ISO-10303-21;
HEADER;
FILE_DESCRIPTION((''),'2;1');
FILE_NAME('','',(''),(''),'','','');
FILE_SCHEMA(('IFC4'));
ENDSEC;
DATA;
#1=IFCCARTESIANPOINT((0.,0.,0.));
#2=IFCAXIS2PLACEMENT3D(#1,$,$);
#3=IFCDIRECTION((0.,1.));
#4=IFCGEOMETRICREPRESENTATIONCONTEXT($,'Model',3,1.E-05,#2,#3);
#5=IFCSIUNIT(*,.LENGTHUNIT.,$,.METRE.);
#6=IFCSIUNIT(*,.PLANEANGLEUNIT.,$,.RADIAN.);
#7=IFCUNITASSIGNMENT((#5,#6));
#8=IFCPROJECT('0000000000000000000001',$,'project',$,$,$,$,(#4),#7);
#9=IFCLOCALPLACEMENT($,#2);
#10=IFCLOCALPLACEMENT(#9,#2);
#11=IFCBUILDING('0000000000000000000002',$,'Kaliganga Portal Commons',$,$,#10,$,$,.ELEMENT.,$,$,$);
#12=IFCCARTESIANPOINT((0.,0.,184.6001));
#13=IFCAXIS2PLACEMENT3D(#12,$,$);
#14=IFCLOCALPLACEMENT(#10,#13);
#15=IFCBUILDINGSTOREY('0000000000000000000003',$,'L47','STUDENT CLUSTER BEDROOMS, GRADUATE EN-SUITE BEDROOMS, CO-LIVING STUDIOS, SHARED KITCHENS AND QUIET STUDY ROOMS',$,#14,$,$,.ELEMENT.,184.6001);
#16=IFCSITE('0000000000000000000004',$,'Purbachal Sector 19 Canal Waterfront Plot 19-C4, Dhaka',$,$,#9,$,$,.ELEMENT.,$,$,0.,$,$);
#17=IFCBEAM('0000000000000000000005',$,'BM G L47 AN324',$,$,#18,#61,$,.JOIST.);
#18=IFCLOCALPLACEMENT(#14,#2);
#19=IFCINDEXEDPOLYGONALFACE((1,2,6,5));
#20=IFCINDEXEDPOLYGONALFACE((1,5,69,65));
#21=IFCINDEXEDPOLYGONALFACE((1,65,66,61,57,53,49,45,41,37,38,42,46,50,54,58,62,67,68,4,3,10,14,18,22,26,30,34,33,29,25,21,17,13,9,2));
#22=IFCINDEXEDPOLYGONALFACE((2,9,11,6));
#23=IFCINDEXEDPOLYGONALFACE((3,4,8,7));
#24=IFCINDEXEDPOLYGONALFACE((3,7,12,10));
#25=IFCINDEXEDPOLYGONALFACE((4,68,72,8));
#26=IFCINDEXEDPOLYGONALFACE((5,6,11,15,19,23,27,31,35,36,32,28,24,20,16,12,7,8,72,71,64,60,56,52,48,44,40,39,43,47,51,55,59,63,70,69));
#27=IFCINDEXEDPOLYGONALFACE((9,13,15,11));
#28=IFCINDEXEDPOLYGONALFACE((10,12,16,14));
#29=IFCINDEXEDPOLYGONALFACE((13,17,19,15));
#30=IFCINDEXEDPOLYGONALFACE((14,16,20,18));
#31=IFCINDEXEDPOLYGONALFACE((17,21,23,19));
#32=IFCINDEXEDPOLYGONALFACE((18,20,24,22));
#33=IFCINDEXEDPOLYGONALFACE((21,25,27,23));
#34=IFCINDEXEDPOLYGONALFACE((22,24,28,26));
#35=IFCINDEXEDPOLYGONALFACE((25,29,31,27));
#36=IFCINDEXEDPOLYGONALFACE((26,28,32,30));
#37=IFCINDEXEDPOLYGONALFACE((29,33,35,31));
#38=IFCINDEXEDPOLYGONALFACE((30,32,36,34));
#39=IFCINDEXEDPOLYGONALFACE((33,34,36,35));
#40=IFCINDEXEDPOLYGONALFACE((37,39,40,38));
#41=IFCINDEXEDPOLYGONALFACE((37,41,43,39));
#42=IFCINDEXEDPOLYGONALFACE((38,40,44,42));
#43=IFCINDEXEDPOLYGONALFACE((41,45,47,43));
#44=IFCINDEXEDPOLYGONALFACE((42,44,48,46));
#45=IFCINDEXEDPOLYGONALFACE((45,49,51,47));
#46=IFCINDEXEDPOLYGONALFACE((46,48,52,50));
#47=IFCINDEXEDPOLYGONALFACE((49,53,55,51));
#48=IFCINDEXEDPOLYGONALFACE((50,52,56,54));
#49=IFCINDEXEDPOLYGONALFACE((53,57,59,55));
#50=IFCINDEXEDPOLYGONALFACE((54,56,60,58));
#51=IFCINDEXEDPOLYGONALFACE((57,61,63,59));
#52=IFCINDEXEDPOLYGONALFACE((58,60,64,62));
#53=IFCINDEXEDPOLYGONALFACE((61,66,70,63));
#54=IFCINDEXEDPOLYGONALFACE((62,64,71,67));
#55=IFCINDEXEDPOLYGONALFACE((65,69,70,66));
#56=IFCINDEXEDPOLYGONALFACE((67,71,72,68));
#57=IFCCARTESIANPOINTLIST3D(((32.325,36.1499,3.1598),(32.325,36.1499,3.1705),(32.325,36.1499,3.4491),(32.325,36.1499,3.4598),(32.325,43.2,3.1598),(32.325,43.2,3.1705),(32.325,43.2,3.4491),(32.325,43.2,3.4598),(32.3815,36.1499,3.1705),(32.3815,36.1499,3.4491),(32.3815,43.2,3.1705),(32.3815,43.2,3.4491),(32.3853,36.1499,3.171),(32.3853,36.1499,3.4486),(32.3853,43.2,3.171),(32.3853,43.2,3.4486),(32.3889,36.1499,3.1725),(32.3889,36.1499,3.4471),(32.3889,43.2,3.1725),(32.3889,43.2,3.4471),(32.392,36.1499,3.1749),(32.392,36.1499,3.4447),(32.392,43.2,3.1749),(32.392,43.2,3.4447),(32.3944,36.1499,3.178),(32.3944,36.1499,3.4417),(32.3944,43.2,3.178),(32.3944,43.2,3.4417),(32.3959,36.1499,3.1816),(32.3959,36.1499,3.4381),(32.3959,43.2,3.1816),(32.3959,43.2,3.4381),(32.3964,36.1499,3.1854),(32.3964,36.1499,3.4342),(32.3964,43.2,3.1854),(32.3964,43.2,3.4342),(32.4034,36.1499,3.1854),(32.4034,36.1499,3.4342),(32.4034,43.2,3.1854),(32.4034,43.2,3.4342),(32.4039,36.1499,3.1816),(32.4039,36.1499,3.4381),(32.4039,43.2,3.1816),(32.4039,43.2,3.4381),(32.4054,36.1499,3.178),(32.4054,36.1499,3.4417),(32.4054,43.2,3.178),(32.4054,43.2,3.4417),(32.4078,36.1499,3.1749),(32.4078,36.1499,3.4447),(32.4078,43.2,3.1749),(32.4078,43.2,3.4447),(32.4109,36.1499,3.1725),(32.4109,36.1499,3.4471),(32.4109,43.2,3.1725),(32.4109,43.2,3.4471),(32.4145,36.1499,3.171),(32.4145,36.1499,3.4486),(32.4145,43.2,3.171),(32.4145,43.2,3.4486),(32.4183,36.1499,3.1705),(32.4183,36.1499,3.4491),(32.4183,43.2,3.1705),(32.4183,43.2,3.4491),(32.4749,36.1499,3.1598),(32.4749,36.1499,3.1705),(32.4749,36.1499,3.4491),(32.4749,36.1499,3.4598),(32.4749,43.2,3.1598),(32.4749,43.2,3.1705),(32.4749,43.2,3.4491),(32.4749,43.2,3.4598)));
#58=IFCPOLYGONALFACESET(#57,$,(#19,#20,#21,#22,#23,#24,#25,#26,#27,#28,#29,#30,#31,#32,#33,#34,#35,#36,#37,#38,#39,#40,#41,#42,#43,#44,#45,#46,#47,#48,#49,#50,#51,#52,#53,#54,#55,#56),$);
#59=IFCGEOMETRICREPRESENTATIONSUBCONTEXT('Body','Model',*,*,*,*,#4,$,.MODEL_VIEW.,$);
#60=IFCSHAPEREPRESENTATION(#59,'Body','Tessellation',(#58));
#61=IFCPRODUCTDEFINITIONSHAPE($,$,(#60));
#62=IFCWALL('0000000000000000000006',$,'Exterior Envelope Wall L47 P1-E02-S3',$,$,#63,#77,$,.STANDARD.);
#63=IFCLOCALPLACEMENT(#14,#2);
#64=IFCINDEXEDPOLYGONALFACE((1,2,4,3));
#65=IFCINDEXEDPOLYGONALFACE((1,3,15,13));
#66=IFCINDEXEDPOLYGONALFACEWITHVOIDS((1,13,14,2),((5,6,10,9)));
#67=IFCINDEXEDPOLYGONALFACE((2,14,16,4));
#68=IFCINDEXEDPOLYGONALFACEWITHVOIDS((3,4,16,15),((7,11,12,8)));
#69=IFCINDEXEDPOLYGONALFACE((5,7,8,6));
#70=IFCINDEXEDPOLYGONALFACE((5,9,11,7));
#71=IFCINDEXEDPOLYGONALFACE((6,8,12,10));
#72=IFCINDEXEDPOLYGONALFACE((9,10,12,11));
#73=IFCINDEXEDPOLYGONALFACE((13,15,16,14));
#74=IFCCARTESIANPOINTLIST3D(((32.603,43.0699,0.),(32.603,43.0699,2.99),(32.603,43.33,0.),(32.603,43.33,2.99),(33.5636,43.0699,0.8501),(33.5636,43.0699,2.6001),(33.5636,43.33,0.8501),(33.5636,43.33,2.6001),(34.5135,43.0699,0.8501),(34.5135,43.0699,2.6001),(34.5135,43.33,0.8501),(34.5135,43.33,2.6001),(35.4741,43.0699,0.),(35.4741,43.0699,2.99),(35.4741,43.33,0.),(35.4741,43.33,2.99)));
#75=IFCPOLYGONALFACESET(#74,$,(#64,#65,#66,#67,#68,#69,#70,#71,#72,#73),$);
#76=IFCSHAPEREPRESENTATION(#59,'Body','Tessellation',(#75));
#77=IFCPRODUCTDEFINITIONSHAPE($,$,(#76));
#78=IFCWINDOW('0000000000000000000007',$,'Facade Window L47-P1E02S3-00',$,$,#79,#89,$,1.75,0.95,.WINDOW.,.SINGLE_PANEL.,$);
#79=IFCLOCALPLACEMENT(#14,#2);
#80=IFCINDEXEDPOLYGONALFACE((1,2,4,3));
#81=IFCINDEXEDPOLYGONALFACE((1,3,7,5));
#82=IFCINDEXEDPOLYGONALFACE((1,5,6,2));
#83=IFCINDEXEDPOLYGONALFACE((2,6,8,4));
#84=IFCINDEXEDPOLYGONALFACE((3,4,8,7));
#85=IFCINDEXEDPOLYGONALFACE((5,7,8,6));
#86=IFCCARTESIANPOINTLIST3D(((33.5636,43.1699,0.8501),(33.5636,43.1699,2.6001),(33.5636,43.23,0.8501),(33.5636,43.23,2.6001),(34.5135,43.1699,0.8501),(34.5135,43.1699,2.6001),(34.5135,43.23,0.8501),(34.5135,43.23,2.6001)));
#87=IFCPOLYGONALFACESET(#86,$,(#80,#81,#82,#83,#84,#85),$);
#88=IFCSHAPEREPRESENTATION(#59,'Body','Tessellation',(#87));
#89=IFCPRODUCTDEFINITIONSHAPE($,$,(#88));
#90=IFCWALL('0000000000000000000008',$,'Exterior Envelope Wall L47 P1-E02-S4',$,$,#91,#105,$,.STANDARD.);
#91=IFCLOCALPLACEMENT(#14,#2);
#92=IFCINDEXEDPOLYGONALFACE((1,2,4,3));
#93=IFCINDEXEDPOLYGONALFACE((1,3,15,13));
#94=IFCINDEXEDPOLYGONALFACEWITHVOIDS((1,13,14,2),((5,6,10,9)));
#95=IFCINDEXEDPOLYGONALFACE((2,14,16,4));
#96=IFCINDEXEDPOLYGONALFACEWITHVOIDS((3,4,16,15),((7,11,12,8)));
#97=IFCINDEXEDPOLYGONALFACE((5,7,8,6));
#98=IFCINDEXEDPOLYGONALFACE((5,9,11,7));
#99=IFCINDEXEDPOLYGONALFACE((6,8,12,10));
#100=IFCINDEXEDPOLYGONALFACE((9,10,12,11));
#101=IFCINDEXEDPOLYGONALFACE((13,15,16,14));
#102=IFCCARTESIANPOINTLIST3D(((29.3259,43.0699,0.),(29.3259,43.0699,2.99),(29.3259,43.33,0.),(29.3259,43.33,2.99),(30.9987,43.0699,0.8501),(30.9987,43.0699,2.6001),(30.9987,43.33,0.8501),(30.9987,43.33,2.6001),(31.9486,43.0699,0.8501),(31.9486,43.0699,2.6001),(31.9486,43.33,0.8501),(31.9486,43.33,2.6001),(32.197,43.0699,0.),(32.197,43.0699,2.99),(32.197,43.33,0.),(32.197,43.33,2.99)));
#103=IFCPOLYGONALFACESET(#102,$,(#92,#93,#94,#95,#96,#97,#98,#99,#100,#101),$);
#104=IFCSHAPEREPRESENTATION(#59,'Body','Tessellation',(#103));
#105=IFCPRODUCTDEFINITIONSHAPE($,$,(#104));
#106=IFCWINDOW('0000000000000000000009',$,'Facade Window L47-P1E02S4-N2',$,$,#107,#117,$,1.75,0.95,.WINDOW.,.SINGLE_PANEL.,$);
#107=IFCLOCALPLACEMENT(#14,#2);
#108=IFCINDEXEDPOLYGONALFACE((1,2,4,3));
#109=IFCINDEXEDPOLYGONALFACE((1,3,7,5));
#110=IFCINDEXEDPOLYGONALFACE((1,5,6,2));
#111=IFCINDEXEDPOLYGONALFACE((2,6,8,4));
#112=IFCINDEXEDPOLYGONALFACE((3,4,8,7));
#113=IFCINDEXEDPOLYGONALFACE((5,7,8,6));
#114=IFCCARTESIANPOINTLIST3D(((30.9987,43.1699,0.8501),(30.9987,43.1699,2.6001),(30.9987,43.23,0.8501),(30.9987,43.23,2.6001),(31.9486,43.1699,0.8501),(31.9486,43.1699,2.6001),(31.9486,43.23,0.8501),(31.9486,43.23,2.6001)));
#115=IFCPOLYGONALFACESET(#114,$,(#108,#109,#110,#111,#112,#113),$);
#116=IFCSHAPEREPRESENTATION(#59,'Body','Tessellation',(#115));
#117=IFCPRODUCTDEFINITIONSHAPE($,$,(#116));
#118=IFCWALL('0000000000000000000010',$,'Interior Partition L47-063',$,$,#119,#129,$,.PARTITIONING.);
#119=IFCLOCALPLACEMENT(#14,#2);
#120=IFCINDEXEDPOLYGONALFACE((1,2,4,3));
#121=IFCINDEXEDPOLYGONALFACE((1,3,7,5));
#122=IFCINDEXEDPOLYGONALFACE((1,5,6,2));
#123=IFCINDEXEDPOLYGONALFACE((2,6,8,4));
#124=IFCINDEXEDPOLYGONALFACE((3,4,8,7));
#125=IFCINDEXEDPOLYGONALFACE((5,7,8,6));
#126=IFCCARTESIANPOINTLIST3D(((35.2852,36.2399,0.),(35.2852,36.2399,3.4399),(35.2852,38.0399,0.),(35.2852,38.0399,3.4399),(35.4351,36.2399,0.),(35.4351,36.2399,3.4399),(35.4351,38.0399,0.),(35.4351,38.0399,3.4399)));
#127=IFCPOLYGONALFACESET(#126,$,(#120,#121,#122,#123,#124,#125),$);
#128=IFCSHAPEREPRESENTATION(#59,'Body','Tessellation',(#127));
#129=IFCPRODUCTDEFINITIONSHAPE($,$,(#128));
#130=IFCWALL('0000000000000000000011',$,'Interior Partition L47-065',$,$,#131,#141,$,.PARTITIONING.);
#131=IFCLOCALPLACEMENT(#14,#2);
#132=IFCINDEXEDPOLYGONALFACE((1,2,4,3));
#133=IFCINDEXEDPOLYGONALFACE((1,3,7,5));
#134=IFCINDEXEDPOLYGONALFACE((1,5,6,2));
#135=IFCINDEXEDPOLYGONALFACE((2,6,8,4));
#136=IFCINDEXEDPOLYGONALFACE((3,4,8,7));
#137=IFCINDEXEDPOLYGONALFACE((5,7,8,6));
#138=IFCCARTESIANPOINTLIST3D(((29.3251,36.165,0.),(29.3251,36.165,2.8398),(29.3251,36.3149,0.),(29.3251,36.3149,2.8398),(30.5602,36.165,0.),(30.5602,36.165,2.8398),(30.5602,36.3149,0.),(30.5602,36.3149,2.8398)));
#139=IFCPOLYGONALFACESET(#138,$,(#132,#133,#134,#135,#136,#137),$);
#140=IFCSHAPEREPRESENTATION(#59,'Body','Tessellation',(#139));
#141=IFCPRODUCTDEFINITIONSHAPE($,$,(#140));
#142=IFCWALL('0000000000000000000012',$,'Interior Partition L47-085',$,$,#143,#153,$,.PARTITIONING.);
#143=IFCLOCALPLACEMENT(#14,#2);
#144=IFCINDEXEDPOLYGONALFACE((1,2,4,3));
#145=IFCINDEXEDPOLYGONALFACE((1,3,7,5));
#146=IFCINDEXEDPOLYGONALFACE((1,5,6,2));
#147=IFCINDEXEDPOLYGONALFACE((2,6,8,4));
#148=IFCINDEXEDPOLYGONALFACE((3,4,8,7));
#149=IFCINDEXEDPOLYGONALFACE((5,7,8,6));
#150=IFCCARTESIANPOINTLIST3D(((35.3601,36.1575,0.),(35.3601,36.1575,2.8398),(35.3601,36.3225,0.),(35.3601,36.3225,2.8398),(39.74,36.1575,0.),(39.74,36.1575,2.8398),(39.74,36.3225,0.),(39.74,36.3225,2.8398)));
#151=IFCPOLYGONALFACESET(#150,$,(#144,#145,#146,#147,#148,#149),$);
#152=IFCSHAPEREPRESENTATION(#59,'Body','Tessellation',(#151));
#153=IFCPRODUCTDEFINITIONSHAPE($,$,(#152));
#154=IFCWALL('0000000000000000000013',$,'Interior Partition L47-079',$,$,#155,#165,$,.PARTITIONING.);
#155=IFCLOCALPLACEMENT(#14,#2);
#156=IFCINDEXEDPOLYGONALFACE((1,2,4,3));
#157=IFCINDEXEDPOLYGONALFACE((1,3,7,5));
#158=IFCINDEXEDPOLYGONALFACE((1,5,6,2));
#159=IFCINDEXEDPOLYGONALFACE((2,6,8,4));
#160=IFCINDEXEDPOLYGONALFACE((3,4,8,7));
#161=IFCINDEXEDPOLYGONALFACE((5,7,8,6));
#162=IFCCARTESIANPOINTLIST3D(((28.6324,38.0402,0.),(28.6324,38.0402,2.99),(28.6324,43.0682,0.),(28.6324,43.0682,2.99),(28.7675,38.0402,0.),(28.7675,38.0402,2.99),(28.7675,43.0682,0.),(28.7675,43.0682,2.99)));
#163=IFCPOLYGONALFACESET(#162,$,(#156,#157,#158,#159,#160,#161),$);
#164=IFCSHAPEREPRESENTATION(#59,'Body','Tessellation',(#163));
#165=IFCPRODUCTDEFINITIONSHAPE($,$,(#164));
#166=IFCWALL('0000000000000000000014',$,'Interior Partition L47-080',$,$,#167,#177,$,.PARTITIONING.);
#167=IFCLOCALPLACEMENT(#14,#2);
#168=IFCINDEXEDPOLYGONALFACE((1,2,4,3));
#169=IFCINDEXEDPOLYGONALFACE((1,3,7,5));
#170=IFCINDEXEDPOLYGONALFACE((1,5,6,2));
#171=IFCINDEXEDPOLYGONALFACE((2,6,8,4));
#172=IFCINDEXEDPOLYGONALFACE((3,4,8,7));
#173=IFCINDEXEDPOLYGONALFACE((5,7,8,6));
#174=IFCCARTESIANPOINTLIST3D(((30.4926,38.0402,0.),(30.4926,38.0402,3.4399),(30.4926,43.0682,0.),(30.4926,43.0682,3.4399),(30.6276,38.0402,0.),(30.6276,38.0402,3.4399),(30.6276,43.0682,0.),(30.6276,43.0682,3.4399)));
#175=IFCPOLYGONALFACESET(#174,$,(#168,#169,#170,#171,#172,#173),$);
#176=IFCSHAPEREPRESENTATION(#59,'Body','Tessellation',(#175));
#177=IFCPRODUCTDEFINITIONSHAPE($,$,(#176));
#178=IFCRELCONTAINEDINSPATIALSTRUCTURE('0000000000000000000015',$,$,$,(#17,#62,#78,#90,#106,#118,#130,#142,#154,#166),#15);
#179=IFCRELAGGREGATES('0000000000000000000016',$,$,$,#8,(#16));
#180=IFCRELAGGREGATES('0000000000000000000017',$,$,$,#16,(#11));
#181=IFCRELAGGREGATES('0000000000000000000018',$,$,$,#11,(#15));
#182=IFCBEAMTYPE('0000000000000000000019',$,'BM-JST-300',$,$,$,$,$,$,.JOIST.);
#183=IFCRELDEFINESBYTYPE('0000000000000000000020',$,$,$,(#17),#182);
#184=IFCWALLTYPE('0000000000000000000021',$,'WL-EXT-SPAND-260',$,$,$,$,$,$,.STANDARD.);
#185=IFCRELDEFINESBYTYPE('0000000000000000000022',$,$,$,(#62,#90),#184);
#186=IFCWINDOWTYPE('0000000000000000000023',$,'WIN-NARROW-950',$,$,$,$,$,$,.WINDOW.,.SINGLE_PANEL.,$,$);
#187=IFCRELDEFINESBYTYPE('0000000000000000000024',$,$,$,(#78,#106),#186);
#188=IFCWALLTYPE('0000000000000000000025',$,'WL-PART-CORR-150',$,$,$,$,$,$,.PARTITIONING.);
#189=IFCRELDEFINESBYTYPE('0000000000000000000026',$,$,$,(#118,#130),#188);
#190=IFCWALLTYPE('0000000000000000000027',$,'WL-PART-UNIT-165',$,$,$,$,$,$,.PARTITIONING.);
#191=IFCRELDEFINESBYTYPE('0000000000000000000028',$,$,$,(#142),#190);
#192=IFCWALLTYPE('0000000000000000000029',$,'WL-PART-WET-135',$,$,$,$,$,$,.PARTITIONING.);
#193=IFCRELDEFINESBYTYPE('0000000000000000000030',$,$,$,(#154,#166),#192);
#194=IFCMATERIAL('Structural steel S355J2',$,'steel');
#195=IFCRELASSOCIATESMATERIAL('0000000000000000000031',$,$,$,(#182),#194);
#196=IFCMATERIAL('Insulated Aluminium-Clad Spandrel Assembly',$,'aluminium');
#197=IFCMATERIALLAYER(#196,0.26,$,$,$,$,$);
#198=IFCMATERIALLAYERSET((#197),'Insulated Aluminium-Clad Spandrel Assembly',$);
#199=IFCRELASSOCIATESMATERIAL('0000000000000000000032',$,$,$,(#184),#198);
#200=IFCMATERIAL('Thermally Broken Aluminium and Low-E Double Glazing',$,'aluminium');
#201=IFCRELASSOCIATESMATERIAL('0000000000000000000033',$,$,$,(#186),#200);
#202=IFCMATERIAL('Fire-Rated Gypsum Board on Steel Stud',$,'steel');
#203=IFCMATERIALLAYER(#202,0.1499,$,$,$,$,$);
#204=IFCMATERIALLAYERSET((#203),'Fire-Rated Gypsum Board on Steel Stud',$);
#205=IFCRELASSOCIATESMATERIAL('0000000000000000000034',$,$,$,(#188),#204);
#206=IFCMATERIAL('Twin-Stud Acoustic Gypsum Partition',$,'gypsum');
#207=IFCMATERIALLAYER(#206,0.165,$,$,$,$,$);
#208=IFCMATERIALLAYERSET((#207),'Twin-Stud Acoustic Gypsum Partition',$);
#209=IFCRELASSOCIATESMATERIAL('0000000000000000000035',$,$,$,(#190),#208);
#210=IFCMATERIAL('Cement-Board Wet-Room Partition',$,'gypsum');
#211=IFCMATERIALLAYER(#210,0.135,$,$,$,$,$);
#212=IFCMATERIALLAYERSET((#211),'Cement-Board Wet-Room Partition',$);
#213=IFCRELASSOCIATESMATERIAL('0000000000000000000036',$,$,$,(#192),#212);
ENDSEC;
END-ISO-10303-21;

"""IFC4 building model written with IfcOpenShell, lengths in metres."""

from ifc_helpers import new_model, si_unit, direction, frame, frame_2d, origin, origin_2d, place, context, subcontext, project, spatial, rectangle, i_section, extrude, source, transform, mapped, material, layer, layer_set, material_profile, profile_set, type_object, element, fill, save


model = new_model("IFC4")

# Units and contexts
model_context = context("Model", 3, precision=1e-05, world=origin(), true_north=direction((0.0, 1.0)))
body_context = subcontext(model_context, "Body", "Model", "MODEL_VIEW")
ifc_project = project(units=[si_unit("LENGTHUNIT", "METRE"), si_unit("PLANEANGLEUNIT", "RADIAN")], contexts=[model_context])

# Site, building, storey
site_placement = place(None, origin())
site = spatial("IfcSite", under=ifc_project, at=site_placement, Name="Purbachal Sector 19 Canal Waterfront Plot 19-C4, Dhaka", CompositionType="ELEMENT", RefElevation=0.0)
building_placement = place(site_placement, origin())
building = spatial("IfcBuilding", under=site, at=building_placement, Name="Kaliganga Portal Commons", CompositionType="ELEMENT")
storey_placement = place(building_placement, frame((0.0, 0.0, 184.6001)))
storey = spatial("IfcBuildingStorey", under=building, at=storey_placement, Name="L47", Description="STUDENT CLUSTER BEDROOMS, GRADUATE EN-SUITE BEDROOMS, CO-LIVING STUDIOS, SHARED KITCHENS AND QUIET STUDY ROOMS", CompositionType="ELEMENT", Elevation=184.6001)

# Beam
ifc_material_1 = material(Name="Structural steel S355J2", Category="steel")
ifc_material_profile_1 = material_profile(ifc_material_1, i_section(OverallWidth=0.1499, OverallDepth=0.3, WebThickness=0.0071, FlangeThickness=0.0107, FilletRadius=0.0149, at=origin_2d()), Name="IPE 300")
ifc_profile_set_1 = profile_set([ifc_material_profile_1], Name="Structural steel S355J2 wide-flange")
beam_type_1 = type_object("IfcBeamType", Name="BM-JST-300", PredefinedType="JOIST", material=ifc_profile_set_1)
shared_shape_1 = source(origin(), body_context, "Body", "SweptSolid", [
    extrude(i_section(OverallWidth=0.1499, OverallDepth=0.3, WebThickness=0.0071, FlangeThickness=0.0107, FilletRadius=0.0149, at=origin_2d()), origin(), (0.0, 0.0, 1.0), 7.05),
])
beam_1_placement = place(storey_placement, frame((32.3999, 36.1499, 3.3098), z_axis=(0.0, 1.0, 0.0), x_axis=(-1.0, 0.0, 0.0)))
element("IfcBeam", 1, at=beam_1_placement, inside=storey, type_object=beam_type_1, Name="BM G L47 AN324", PredefinedType="JOIST", context=body_context, shape_type="MappedRepresentation", body=[
    mapped(shared_shape_1, transform((0.0, 0.0, 0.0), x_axis=(1.0, 0.0, 0.0), y_axis=(0.0, 1.0, 0.0), z_axis=(0.0, 0.0, 1.0), scale=1.0)),
])

# Walls, openings, windows
ifc_material_2 = material(Name="Insulated Aluminium-Clad Spandrel Assembly", Category="aluminium")
ifc_layer_1 = layer(ifc_material_2, 0.26)
ifc_layer_set_1 = layer_set([ifc_layer_1], Name="Insulated Aluminium-Clad Spandrel Assembly")
wall_type_1 = type_object("IfcWallType", Name="WL-EXT-SPAND-260", PredefinedType="STANDARD", material=ifc_layer_set_1)
wall_1_placement = place(storey_placement, frame((32.603, 43.2, 0.0), z_axis=(0.0, 0.0, 1.0), x_axis=(1.0, 0.0, 0.0)))
wall_1 = element("IfcWall", 2, at=wall_1_placement, inside=storey, type_object=wall_type_1, Name="Exterior Envelope Wall L47 P1-E02-S3", PredefinedType="STANDARD", context=body_context, shape_type="SweptSolid", body=[
    extrude(rectangle(XDim=2.8711, YDim=0.26, at=frame_2d((1.4355, 0.0))), origin(), (0.0, 0.0, 1.0), 2.99),
])
opening_1_placement = place(wall_1_placement, frame((0.9604, 0.0, 0.8501)))
opening_1 = element("IfcOpeningElement", 3, at=opening_1_placement, cuts=wall_1, PredefinedType="OPENING", context=body_context, shape_type="SweptSolid", body=[
    extrude(rectangle(XDim=0.95, YDim=1.75, at=frame_2d((0.4751, 0.875))), frame((0.0, 0.1401, 0.0), z_axis=(0.0, -1.0, 0.0), x_axis=(1.0, 0.0, 0.0)), (0.0, 0.0, 1.0), 0.28),
])
ifc_material_3 = material(Name="Thermally Broken Aluminium and Low-E Double Glazing", Category="aluminium")
window_type = type_object("IfcWindowType", Name="WIN-NARROW-950", PartitioningType="SINGLE_PANEL", PredefinedType="WINDOW", material=ifc_material_3)
window_1_placement = place(opening_1_placement, origin())
window_1 = element("IfcWindow", 4, at=window_1_placement, inside=storey, type_object=window_type, Name="Facade Window L47-P1E02S3-00", OverallHeight=1.75, OverallWidth=0.95, PartitioningType="SINGLE_PANEL", PredefinedType="WINDOW", context=body_context, shape_type="SweptSolid", body=[
    extrude(rectangle(XDim=0.95, YDim=1.75, at=frame_2d((0.4751, 0.875))), frame((0.0, 0.03, 0.0), z_axis=(0.0, -1.0, 0.0), x_axis=(1.0, 0.0, 0.0)), (0.0, 0.0, 1.0), 0.0601),
])
fill(opening_1, window_1)
wall_2_placement = place(storey_placement, frame((29.3259, 43.2, 0.0), z_axis=(0.0, 0.0, 1.0), x_axis=(1.0, 0.0, 0.0)))
wall_2 = element("IfcWall", 5, at=wall_2_placement, inside=storey, type_object=wall_type_1, Name="Exterior Envelope Wall L47 P1-E02-S4", PredefinedType="STANDARD", context=body_context, shape_type="SweptSolid", body=[
    extrude(rectangle(XDim=2.8711, YDim=0.26, at=frame_2d((1.4355, 0.0))), origin(), (0.0, 0.0, 1.0), 2.99),
])
opening_2_placement = place(wall_2_placement, frame((1.6726, 0.0, 0.8501)))
opening_2 = element("IfcOpeningElement", 6, at=opening_2_placement, cuts=wall_2, PredefinedType="OPENING", context=body_context, shape_type="SweptSolid", body=[
    extrude(rectangle(XDim=0.95, YDim=1.75, at=frame_2d((0.4751, 0.875))), frame((0.0, 0.1401, 0.0), z_axis=(0.0, -1.0, 0.0), x_axis=(1.0, 0.0, 0.0)), (0.0, 0.0, 1.0), 0.28),
])
window_2_placement = place(opening_2_placement, origin())
window_2 = element("IfcWindow", 7, at=window_2_placement, inside=storey, type_object=window_type, Name="Facade Window L47-P1E02S4-N2", OverallHeight=1.75, OverallWidth=0.95, PartitioningType="SINGLE_PANEL", PredefinedType="WINDOW", context=body_context, shape_type="SweptSolid", body=[
    extrude(rectangle(XDim=0.95, YDim=1.75, at=frame_2d((0.4751, 0.875))), frame((0.0, 0.03, 0.0), z_axis=(0.0, -1.0, 0.0), x_axis=(1.0, 0.0, 0.0)), (0.0, 0.0, 1.0), 0.0601),
])
fill(opening_2, window_2)

# Shared definitions
ifc_material_4 = material(Name="Fire-Rated Gypsum Board on Steel Stud", Category="steel")
ifc_layer_2 = layer(ifc_material_4, 0.1499)
ifc_layer_set_2 = layer_set([ifc_layer_2], Name="Fire-Rated Gypsum Board on Steel Stud")
wall_type_2 = type_object("IfcWallType", Name="WL-PART-CORR-150", PredefinedType="PARTITIONING", material=ifc_layer_set_2)

# Walls
wall_3_placement = place(storey_placement, frame((35.3601, 36.24, 0.0), z_axis=(0.0, 0.0, 1.0), x_axis=(0.0, 1.0, 0.0)))
element("IfcWall", 8, at=wall_3_placement, inside=storey, type_object=wall_type_2, Name="Interior Partition L47-063", PredefinedType="PARTITIONING", context=body_context, shape_type="SweptSolid", body=[
    extrude(rectangle(XDim=1.8, YDim=0.1499, at=frame_2d((0.8999, 0.0))), origin(), (0.0, 0.0, 1.0), 3.4399),
])
wall_4_placement = place(storey_placement, frame((29.325, 36.24, 0.0), z_axis=(0.0, 0.0, 1.0), x_axis=(1.0, 0.0, 0.0)))
element("IfcWall", 9, at=wall_4_placement, inside=storey, type_object=wall_type_2, Name="Interior Partition L47-065", PredefinedType="PARTITIONING", context=body_context, shape_type="SweptSolid", body=[
    extrude(rectangle(XDim=1.2351, YDim=0.1499, at=frame_2d((0.6177, 0.0))), origin(), (0.0, 0.0, 1.0), 2.8398),
])
ifc_material_5 = material(Name="Twin-Stud Acoustic Gypsum Partition", Category="gypsum")
ifc_layer_3 = layer(ifc_material_5, 0.165)
ifc_layer_set_3 = layer_set([ifc_layer_3], Name="Twin-Stud Acoustic Gypsum Partition")
wall_type_3 = type_object("IfcWallType", Name="WL-PART-UNIT-165", PredefinedType="PARTITIONING", material=ifc_layer_set_3)
wall_5_placement = place(storey_placement, frame((35.3601, 36.24, 0.0), z_axis=(0.0, 0.0, 1.0), x_axis=(1.0, 0.0, 0.0)))
element("IfcWall", 10, at=wall_5_placement, inside=storey, type_object=wall_type_3, Name="Interior Partition L47-085", PredefinedType="PARTITIONING", context=body_context, shape_type="SweptSolid", body=[
    extrude(rectangle(XDim=4.3799, YDim=0.165, at=frame_2d((2.1899, 0.0))), origin(), (0.0, 0.0, 1.0), 2.8398),
])
ifc_material_6 = material(Name="Cement-Board Wet-Room Partition", Category="gypsum")
ifc_layer_4 = layer(ifc_material_6, 0.135)
ifc_layer_set_4 = layer_set([ifc_layer_4], Name="Cement-Board Wet-Room Partition")
wall_type_4 = type_object("IfcWallType", Name="WL-PART-WET-135", PredefinedType="PARTITIONING", material=ifc_layer_set_4)
wall_6_placement = place(storey_placement, frame((28.7, 38.04, 0.0), z_axis=(0.0, 0.0, 1.0), x_axis=(0.0, 1.0, 0.0)))
element("IfcWall", 11, at=wall_6_placement, inside=storey, type_object=wall_type_4, Name="Interior Partition L47-079", PredefinedType="PARTITIONING", context=body_context, shape_type="SweptSolid", body=[
    extrude(rectangle(XDim=5.0281, YDim=0.135, at=frame_2d((2.5142, 0.0))), origin(), (0.0, 0.0, 1.0), 2.99),
])
wall_7_placement = place(storey_placement, frame((30.5601, 38.04, 0.0), z_axis=(0.0, 0.0, 1.0), x_axis=(0.0, 1.0, 0.0)))
element("IfcWall", 12, at=wall_7_placement, inside=storey, type_object=wall_type_4, Name="Interior Partition L47-080", PredefinedType="PARTITIONING", context=body_context, shape_type="SweptSolid", body=[
    extrude(rectangle(XDim=5.0281, YDim=0.135, at=frame_2d((2.5142, 0.0))), origin(), (0.0, 0.0, 1.0), 3.4399),
])

save(model, "model.ifc")
